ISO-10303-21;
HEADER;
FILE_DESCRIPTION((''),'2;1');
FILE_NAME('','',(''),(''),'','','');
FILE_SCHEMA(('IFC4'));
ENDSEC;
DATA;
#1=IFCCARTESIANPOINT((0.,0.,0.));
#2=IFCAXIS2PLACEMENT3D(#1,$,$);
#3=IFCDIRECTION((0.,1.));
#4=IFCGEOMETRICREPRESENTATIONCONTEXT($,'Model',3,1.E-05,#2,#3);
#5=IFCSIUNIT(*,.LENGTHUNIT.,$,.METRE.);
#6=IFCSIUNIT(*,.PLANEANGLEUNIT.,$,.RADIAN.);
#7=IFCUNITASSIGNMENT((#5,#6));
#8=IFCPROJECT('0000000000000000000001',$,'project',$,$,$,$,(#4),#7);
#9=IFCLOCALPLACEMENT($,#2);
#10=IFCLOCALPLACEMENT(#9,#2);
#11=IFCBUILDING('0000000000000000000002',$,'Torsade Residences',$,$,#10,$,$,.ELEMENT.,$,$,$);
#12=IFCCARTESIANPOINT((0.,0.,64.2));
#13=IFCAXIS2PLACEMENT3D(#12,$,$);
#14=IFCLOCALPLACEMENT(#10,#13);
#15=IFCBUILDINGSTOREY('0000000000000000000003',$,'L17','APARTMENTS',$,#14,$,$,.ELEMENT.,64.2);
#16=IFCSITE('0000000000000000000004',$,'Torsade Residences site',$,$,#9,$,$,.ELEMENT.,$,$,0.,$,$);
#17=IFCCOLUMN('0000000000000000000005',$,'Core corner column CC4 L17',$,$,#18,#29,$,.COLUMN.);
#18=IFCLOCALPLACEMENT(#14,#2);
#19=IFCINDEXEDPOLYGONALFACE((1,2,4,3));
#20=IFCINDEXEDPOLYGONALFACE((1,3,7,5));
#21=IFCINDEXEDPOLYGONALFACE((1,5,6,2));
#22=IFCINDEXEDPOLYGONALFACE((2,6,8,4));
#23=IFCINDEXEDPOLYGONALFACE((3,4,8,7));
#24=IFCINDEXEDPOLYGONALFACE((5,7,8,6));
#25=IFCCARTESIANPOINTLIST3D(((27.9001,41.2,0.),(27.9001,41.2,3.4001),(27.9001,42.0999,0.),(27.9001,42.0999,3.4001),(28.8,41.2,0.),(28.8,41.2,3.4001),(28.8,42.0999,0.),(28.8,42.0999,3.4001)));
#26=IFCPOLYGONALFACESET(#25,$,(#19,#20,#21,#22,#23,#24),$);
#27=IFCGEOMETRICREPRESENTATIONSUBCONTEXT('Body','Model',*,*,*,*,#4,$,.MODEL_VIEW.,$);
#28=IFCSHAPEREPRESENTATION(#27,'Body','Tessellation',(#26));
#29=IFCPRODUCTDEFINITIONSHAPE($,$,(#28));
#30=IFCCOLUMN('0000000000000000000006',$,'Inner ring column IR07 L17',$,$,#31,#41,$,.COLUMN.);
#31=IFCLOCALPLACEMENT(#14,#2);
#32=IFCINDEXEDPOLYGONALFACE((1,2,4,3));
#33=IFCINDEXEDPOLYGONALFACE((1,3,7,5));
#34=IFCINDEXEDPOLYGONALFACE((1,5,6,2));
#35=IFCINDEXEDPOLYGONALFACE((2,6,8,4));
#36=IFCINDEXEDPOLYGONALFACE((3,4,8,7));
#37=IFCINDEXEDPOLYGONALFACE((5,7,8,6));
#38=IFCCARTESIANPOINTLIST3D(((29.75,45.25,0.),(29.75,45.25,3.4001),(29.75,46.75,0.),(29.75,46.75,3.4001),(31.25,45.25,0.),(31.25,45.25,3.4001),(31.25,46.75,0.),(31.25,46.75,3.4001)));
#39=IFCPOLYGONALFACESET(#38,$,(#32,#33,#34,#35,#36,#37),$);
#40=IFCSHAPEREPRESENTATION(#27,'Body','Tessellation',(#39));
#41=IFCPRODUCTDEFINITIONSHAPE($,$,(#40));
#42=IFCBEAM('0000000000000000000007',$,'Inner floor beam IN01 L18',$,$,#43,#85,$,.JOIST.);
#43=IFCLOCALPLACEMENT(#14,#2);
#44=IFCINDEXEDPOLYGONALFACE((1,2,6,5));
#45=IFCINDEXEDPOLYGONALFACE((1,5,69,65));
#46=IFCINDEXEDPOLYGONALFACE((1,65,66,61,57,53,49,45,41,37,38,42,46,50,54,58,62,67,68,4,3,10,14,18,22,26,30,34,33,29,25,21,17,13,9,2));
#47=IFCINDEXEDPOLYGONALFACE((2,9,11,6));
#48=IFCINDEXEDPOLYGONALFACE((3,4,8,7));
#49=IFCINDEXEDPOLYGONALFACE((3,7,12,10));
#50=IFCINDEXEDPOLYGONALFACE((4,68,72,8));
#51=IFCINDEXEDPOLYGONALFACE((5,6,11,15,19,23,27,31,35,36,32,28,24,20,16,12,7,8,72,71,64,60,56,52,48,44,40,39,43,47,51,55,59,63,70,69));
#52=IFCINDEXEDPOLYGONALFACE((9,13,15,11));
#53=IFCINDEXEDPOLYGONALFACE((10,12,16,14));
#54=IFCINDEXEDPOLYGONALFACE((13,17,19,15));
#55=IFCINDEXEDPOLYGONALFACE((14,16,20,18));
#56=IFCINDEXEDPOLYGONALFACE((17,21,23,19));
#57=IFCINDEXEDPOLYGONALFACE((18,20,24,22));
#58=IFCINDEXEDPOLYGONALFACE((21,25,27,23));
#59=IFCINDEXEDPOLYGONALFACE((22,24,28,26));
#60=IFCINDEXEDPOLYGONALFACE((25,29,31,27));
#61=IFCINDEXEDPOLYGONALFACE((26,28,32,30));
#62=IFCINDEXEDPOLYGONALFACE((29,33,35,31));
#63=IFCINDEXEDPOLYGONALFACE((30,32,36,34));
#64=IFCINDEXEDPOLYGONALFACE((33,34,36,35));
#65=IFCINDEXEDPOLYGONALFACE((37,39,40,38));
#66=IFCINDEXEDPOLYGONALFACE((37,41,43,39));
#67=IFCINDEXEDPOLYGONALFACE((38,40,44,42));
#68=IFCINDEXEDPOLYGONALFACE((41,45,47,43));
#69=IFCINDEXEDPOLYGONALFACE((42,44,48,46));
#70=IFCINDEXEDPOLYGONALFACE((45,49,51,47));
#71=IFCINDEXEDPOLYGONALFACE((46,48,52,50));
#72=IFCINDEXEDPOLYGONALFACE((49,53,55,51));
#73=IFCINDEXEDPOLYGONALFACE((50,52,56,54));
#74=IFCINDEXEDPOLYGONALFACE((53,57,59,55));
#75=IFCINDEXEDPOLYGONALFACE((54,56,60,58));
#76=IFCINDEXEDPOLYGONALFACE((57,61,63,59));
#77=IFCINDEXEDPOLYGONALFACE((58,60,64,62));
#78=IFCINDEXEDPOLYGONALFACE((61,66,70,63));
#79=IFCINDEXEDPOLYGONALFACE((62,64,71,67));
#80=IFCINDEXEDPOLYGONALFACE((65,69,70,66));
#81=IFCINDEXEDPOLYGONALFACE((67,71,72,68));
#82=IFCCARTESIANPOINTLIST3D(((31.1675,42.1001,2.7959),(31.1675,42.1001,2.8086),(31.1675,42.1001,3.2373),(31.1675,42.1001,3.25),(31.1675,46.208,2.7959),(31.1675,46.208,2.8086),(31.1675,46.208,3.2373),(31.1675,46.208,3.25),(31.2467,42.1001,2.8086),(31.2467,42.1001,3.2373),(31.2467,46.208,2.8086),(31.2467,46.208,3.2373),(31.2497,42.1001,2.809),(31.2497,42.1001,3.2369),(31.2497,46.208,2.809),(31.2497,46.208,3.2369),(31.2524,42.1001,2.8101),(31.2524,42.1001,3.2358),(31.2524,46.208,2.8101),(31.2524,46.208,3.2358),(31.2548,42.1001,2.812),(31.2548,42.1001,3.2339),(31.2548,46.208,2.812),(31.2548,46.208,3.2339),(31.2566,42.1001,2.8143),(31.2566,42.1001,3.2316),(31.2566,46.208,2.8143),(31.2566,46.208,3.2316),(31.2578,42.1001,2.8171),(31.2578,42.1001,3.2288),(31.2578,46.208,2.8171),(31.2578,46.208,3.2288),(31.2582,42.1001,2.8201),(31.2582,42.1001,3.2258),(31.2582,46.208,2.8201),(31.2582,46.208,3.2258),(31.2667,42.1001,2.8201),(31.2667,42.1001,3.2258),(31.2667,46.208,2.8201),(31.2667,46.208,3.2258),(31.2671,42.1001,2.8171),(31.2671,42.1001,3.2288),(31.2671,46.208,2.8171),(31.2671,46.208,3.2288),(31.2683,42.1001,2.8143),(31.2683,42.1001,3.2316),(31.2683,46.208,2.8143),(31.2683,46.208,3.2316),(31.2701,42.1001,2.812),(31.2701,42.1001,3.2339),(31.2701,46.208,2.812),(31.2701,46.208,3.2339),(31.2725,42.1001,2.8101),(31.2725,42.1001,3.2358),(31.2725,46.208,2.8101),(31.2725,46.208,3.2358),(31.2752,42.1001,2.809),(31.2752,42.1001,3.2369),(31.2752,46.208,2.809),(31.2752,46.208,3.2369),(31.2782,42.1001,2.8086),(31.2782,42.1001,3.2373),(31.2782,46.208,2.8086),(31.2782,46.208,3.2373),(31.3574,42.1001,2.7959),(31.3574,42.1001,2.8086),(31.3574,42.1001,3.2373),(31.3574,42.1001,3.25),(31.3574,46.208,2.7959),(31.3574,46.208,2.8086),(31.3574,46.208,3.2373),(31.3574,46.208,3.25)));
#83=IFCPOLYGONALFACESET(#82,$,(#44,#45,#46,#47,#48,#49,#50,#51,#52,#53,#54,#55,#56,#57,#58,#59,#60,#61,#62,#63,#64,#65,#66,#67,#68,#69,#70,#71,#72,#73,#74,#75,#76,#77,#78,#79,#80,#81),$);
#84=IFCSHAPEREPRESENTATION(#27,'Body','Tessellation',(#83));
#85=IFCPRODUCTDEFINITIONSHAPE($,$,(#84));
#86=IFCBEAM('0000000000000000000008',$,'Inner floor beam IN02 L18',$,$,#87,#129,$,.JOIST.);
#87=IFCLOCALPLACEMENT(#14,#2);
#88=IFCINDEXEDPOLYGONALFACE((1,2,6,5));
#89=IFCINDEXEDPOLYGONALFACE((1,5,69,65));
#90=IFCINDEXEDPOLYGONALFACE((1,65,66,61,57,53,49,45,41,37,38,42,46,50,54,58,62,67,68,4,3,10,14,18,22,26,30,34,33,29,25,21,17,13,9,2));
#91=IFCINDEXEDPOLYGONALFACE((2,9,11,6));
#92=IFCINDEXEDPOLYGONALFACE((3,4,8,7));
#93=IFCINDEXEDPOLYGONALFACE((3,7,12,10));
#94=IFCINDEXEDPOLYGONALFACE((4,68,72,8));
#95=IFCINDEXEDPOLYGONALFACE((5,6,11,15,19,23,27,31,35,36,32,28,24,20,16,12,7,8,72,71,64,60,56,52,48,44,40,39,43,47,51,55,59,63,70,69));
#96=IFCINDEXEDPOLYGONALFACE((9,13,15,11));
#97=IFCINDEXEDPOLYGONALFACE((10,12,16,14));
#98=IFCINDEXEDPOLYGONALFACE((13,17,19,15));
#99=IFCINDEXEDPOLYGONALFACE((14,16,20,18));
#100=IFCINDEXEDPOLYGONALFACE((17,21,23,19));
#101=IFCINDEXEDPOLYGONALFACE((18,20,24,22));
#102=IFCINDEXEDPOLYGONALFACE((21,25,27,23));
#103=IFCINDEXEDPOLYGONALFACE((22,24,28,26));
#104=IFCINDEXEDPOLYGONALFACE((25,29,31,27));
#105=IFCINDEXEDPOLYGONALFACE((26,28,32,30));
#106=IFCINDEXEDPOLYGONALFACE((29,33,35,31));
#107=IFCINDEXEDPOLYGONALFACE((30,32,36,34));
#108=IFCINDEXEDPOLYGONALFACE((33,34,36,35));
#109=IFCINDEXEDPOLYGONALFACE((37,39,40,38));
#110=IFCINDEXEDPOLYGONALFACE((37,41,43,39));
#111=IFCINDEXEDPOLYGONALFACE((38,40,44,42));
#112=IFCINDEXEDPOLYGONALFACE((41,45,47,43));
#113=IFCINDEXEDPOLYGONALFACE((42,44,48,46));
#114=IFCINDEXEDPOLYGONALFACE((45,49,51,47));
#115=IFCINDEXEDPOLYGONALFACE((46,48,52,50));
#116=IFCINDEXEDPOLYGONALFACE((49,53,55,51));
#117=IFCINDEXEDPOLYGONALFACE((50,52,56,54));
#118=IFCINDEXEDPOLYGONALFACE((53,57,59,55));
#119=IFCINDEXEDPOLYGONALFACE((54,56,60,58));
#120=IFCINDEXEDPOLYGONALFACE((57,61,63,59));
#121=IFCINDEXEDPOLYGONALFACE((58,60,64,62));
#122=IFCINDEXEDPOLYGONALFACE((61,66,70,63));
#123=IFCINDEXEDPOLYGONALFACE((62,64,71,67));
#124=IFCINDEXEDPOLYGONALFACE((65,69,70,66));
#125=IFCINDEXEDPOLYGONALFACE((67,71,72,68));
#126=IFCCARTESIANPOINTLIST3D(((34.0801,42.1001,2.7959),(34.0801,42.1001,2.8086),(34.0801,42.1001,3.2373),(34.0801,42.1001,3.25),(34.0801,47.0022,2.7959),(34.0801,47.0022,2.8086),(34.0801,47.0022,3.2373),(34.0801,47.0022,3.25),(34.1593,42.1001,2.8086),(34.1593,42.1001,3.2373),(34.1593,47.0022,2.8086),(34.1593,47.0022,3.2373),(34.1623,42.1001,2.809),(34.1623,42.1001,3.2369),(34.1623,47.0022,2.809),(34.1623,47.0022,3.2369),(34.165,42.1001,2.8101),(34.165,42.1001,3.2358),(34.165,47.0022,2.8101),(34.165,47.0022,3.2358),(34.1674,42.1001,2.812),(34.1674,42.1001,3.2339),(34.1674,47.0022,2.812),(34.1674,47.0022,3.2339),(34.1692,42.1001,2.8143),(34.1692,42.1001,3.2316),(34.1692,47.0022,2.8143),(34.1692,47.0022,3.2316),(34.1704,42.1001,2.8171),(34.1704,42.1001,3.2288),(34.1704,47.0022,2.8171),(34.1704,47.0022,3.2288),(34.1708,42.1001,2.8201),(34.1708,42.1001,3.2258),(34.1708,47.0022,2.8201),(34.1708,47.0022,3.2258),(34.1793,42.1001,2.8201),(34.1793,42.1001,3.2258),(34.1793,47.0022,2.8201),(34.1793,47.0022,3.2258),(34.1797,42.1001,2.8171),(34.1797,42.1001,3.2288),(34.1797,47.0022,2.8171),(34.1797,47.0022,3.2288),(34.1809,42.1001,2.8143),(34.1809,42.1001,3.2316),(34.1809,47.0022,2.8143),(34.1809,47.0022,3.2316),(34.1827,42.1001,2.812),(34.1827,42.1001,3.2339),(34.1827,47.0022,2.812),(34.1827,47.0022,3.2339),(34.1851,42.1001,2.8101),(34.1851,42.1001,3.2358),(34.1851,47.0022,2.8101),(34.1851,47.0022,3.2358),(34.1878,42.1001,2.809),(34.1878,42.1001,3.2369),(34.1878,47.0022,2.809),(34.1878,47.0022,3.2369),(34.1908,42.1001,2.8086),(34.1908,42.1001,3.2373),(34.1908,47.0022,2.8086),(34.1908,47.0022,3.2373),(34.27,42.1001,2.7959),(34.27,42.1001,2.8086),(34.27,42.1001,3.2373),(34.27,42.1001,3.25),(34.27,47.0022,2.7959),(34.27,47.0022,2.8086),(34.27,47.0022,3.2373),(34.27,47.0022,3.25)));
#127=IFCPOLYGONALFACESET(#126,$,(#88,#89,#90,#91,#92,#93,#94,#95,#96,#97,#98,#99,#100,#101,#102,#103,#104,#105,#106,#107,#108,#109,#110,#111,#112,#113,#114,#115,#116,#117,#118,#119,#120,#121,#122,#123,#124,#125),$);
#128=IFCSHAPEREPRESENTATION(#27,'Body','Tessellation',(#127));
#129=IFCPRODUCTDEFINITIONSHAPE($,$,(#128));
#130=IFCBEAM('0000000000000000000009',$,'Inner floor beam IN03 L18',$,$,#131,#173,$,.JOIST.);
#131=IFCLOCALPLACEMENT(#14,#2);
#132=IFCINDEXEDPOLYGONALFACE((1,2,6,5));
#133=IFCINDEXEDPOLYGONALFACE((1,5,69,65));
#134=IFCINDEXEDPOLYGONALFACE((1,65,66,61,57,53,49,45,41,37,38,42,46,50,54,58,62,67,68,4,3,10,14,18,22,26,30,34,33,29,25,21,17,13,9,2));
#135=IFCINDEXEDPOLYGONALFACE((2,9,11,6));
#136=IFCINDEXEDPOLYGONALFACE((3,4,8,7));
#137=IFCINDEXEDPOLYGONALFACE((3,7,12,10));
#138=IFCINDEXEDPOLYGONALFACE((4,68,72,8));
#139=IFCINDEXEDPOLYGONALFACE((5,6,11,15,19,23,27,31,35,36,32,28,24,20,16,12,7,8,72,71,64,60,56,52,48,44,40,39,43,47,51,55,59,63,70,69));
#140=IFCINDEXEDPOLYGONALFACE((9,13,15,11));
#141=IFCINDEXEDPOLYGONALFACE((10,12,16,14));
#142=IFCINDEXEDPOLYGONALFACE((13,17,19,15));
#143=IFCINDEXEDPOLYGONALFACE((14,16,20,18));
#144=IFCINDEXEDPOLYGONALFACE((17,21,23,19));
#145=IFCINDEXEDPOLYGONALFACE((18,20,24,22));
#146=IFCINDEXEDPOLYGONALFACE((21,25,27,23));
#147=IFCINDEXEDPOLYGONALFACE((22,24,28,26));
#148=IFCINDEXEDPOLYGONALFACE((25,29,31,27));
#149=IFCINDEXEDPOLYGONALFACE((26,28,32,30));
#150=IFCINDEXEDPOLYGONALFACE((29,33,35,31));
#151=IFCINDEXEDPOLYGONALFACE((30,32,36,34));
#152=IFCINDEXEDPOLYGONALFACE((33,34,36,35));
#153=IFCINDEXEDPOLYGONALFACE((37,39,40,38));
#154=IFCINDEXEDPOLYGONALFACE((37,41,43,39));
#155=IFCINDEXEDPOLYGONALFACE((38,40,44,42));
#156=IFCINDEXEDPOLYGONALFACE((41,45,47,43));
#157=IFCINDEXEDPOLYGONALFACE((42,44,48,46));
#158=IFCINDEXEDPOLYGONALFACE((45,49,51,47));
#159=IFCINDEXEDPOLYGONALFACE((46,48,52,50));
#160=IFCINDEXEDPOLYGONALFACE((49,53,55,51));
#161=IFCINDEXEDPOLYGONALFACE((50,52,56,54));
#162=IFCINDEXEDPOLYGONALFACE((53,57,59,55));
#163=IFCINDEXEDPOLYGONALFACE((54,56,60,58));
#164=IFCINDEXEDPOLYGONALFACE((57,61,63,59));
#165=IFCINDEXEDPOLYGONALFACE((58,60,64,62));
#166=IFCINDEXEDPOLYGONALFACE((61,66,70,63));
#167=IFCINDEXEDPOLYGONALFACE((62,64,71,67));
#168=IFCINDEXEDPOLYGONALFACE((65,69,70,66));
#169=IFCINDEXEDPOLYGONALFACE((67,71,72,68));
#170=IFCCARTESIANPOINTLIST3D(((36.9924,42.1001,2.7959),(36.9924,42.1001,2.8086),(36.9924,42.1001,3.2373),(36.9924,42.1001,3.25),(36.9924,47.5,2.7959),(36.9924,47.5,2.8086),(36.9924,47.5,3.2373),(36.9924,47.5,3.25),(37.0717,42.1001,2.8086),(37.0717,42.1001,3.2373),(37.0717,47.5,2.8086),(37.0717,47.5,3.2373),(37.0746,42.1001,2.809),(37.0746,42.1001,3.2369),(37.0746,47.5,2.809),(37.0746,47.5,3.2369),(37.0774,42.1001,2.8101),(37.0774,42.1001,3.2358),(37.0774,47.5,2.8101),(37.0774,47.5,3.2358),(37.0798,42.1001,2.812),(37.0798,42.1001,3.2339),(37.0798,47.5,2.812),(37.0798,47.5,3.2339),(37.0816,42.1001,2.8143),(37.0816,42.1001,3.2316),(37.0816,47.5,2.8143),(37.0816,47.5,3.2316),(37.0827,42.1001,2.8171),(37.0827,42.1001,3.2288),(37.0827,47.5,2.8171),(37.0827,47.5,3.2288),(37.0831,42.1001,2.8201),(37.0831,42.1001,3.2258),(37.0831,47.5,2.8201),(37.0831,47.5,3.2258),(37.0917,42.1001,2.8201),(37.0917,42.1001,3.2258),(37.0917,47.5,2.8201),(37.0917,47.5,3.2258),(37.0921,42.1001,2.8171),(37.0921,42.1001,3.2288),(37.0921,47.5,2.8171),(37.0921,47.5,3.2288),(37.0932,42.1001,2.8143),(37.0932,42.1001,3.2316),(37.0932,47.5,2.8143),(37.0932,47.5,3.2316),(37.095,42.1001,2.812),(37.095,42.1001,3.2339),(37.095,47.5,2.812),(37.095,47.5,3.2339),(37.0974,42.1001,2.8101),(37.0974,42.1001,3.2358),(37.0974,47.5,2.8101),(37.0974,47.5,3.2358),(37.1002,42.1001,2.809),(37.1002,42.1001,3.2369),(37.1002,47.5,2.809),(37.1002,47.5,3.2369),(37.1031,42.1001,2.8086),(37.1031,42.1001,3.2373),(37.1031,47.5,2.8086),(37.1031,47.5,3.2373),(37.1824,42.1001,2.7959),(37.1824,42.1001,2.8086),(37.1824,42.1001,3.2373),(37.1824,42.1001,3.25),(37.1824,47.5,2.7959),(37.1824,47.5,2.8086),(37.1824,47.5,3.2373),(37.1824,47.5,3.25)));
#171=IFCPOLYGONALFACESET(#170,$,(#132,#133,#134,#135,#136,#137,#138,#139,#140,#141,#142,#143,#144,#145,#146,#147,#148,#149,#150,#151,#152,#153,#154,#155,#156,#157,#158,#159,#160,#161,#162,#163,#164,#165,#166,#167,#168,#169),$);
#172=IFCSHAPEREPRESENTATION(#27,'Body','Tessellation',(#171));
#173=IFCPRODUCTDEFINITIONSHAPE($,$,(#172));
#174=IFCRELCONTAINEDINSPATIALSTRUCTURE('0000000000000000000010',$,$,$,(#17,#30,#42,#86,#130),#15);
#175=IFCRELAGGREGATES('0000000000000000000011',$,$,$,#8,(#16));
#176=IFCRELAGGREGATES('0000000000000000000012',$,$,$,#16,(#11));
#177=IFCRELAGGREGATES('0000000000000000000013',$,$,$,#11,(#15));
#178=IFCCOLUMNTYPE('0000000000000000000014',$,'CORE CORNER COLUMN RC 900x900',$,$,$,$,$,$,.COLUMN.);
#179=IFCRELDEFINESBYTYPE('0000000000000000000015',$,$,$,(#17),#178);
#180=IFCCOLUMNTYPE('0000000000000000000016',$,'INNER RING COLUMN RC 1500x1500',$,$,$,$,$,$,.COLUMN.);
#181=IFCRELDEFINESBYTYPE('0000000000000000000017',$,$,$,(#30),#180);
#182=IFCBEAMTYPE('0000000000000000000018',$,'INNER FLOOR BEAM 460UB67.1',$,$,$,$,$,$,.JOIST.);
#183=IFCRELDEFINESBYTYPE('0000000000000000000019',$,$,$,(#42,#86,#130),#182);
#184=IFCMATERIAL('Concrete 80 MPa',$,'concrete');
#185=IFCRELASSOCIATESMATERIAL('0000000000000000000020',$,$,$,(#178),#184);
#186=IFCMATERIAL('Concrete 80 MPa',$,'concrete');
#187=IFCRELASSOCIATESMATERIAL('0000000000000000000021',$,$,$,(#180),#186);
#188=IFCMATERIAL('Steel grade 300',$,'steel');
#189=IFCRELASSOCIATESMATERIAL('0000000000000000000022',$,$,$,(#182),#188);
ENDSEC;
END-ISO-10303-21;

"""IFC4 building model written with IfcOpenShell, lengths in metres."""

from ifc_helpers import new_model, si_unit, direction, frame, origin, origin_2d, place, context, subcontext, project, spatial, rectangle, i_section, extrude, material, material_profile, profile_set, type_object, element, save


model = new_model("IFC4")

# Units and contexts
model_context = context("Model", 3, precision=1e-05, world=origin(), true_north=direction((0.0, 1.0)))
body_context = subcontext(model_context, "Body", "Model", "MODEL_VIEW")
ifc_project = project(units=[si_unit("LENGTHUNIT", "METRE"), si_unit("PLANEANGLEUNIT", "RADIAN")], contexts=[model_context])

# Site, building, storey
site_placement = place(None, origin())
site = spatial("IfcSite", under=ifc_project, at=site_placement, Name="Torsade Residences site", CompositionType="ELEMENT", RefElevation=0.0)
building_placement = place(site_placement, origin())
building = spatial("IfcBuilding", under=site, at=building_placement, Name="Torsade Residences", CompositionType="ELEMENT")
storey_placement = place(building_placement, frame((0.0, 0.0, 64.2)))
storey = spatial("IfcBuildingStorey", under=building, at=storey_placement, Name="L17", Description="APARTMENTS", CompositionType="ELEMENT", Elevation=64.2)

# Columns
ifc_material_1 = material(Name="Concrete 80 MPa", Category="concrete")
ifc_material_profile_1 = material_profile(ifc_material_1, rectangle(XDim=0.8999, YDim=0.8999, at=origin_2d()), Name="RC 900x900")
ifc_profile_set_1 = profile_set([ifc_material_profile_1], Name="Concrete 80 MPa")
column_type_1 = type_object("IfcColumnType", Name="CORE CORNER COLUMN RC 900x900", PredefinedType="COLUMN", material=ifc_profile_set_1)
column_1_placement = place(storey_placement, frame((28.3501, 41.6499, 0.0), z_axis=(0.0, 0.0, 1.0), x_axis=(1.0, 0.0, 0.0)))
element("IfcColumn", 1, at=column_1_placement, inside=storey, type_object=column_type_1, Name="Core corner column CC4 L17", PredefinedType="COLUMN", context=body_context, shape_type="SweptSolid", body=[
    extrude(rectangle(XDim=0.8999, YDim=0.8999, at=origin_2d()), origin(), (0.0, 0.0, 1.0), 3.4001),
])
ifc_material_2 = material(Name="Concrete 80 MPa", Category="concrete")
ifc_material_profile_2 = material_profile(ifc_material_2, rectangle(XDim=1.5, YDim=1.5, at=origin_2d()), Name="RC 1500x1500")
ifc_profile_set_2 = profile_set([ifc_material_profile_2], Name="Concrete 80 MPa")
column_type_2 = type_object("IfcColumnType", Name="INNER RING COLUMN RC 1500x1500", PredefinedType="COLUMN", material=ifc_profile_set_2)
column_2_placement = place(storey_placement, frame((30.5, 46.0, 0.0), z_axis=(0.0, 0.0, 1.0), x_axis=(1.0, 0.0, 0.0)))
element("IfcColumn", 2, at=column_2_placement, inside=storey, type_object=column_type_2, Name="Inner ring column IR07 L17", PredefinedType="COLUMN", context=body_context, shape_type="SweptSolid", body=[
    extrude(rectangle(XDim=1.5, YDim=1.5, at=origin_2d()), origin(), (0.0, 0.0, 1.0), 3.4001),
])

# Beams
ifc_material_3 = material(Name="Steel grade 300", Category="steel")
ifc_material_profile_3 = material_profile(ifc_material_3, i_section(OverallWidth=0.1899, OverallDepth=0.4541, WebThickness=0.0085, FlangeThickness=0.0127, FilletRadius=0.0115, at=origin_2d()), Name="460UB67.1")
ifc_profile_set_3 = profile_set([ifc_material_profile_3], Name="Steel grade 300")
beam_type = type_object("IfcBeamType", Name="INNER FLOOR BEAM 460UB67.1", PredefinedType="JOIST", material=ifc_profile_set_3)
beam_1_placement = place(storey_placement, frame((31.2625, 42.1001, 3.0229), z_axis=(0.0, 1.0, 0.0), x_axis=(-1.0, 0.0, 0.0)))
element("IfcBeam", 3, at=beam_1_placement, inside=storey, type_object=beam_type, Name="Inner floor beam IN01 L18", PredefinedType="JOIST", context=body_context, shape_type="SweptSolid", body=[
    extrude(i_section(OverallWidth=0.1899, OverallDepth=0.4541, WebThickness=0.0085, FlangeThickness=0.0127, FilletRadius=0.0115, at=origin_2d()), origin(), (0.0, 0.0, 1.0), 4.1079),
])
beam_2_placement = place(storey_placement, frame((34.175, 42.1001, 3.0229), z_axis=(0.0, 1.0, 0.0), x_axis=(-1.0, 0.0, 0.0)))
element("IfcBeam", 4, at=beam_2_placement, inside=storey, type_object=beam_type, Name="Inner floor beam IN02 L18", PredefinedType="JOIST", context=body_context, shape_type="SweptSolid", body=[
    extrude(i_section(OverallWidth=0.1899, OverallDepth=0.4541, WebThickness=0.0085, FlangeThickness=0.0127, FilletRadius=0.0115, at=origin_2d()), origin(), (0.0, 0.0, 1.0), 4.9021),
])
beam_3_placement = place(storey_placement, frame((37.0874, 42.1001, 3.0229), z_axis=(0.0, 1.0, 0.0), x_axis=(-1.0, 0.0, 0.0)))
element("IfcBeam", 5, at=beam_3_placement, inside=storey, type_object=beam_type, Name="Inner floor beam IN03 L18", PredefinedType="JOIST", context=body_context, shape_type="SweptSolid", body=[
    extrude(i_section(OverallWidth=0.1899, OverallDepth=0.4541, WebThickness=0.0085, FlangeThickness=0.0127, FilletRadius=0.0115, at=origin_2d()), origin(), (0.0, 0.0, 1.0), 5.3999),
])

save(model, "model.ifc")
